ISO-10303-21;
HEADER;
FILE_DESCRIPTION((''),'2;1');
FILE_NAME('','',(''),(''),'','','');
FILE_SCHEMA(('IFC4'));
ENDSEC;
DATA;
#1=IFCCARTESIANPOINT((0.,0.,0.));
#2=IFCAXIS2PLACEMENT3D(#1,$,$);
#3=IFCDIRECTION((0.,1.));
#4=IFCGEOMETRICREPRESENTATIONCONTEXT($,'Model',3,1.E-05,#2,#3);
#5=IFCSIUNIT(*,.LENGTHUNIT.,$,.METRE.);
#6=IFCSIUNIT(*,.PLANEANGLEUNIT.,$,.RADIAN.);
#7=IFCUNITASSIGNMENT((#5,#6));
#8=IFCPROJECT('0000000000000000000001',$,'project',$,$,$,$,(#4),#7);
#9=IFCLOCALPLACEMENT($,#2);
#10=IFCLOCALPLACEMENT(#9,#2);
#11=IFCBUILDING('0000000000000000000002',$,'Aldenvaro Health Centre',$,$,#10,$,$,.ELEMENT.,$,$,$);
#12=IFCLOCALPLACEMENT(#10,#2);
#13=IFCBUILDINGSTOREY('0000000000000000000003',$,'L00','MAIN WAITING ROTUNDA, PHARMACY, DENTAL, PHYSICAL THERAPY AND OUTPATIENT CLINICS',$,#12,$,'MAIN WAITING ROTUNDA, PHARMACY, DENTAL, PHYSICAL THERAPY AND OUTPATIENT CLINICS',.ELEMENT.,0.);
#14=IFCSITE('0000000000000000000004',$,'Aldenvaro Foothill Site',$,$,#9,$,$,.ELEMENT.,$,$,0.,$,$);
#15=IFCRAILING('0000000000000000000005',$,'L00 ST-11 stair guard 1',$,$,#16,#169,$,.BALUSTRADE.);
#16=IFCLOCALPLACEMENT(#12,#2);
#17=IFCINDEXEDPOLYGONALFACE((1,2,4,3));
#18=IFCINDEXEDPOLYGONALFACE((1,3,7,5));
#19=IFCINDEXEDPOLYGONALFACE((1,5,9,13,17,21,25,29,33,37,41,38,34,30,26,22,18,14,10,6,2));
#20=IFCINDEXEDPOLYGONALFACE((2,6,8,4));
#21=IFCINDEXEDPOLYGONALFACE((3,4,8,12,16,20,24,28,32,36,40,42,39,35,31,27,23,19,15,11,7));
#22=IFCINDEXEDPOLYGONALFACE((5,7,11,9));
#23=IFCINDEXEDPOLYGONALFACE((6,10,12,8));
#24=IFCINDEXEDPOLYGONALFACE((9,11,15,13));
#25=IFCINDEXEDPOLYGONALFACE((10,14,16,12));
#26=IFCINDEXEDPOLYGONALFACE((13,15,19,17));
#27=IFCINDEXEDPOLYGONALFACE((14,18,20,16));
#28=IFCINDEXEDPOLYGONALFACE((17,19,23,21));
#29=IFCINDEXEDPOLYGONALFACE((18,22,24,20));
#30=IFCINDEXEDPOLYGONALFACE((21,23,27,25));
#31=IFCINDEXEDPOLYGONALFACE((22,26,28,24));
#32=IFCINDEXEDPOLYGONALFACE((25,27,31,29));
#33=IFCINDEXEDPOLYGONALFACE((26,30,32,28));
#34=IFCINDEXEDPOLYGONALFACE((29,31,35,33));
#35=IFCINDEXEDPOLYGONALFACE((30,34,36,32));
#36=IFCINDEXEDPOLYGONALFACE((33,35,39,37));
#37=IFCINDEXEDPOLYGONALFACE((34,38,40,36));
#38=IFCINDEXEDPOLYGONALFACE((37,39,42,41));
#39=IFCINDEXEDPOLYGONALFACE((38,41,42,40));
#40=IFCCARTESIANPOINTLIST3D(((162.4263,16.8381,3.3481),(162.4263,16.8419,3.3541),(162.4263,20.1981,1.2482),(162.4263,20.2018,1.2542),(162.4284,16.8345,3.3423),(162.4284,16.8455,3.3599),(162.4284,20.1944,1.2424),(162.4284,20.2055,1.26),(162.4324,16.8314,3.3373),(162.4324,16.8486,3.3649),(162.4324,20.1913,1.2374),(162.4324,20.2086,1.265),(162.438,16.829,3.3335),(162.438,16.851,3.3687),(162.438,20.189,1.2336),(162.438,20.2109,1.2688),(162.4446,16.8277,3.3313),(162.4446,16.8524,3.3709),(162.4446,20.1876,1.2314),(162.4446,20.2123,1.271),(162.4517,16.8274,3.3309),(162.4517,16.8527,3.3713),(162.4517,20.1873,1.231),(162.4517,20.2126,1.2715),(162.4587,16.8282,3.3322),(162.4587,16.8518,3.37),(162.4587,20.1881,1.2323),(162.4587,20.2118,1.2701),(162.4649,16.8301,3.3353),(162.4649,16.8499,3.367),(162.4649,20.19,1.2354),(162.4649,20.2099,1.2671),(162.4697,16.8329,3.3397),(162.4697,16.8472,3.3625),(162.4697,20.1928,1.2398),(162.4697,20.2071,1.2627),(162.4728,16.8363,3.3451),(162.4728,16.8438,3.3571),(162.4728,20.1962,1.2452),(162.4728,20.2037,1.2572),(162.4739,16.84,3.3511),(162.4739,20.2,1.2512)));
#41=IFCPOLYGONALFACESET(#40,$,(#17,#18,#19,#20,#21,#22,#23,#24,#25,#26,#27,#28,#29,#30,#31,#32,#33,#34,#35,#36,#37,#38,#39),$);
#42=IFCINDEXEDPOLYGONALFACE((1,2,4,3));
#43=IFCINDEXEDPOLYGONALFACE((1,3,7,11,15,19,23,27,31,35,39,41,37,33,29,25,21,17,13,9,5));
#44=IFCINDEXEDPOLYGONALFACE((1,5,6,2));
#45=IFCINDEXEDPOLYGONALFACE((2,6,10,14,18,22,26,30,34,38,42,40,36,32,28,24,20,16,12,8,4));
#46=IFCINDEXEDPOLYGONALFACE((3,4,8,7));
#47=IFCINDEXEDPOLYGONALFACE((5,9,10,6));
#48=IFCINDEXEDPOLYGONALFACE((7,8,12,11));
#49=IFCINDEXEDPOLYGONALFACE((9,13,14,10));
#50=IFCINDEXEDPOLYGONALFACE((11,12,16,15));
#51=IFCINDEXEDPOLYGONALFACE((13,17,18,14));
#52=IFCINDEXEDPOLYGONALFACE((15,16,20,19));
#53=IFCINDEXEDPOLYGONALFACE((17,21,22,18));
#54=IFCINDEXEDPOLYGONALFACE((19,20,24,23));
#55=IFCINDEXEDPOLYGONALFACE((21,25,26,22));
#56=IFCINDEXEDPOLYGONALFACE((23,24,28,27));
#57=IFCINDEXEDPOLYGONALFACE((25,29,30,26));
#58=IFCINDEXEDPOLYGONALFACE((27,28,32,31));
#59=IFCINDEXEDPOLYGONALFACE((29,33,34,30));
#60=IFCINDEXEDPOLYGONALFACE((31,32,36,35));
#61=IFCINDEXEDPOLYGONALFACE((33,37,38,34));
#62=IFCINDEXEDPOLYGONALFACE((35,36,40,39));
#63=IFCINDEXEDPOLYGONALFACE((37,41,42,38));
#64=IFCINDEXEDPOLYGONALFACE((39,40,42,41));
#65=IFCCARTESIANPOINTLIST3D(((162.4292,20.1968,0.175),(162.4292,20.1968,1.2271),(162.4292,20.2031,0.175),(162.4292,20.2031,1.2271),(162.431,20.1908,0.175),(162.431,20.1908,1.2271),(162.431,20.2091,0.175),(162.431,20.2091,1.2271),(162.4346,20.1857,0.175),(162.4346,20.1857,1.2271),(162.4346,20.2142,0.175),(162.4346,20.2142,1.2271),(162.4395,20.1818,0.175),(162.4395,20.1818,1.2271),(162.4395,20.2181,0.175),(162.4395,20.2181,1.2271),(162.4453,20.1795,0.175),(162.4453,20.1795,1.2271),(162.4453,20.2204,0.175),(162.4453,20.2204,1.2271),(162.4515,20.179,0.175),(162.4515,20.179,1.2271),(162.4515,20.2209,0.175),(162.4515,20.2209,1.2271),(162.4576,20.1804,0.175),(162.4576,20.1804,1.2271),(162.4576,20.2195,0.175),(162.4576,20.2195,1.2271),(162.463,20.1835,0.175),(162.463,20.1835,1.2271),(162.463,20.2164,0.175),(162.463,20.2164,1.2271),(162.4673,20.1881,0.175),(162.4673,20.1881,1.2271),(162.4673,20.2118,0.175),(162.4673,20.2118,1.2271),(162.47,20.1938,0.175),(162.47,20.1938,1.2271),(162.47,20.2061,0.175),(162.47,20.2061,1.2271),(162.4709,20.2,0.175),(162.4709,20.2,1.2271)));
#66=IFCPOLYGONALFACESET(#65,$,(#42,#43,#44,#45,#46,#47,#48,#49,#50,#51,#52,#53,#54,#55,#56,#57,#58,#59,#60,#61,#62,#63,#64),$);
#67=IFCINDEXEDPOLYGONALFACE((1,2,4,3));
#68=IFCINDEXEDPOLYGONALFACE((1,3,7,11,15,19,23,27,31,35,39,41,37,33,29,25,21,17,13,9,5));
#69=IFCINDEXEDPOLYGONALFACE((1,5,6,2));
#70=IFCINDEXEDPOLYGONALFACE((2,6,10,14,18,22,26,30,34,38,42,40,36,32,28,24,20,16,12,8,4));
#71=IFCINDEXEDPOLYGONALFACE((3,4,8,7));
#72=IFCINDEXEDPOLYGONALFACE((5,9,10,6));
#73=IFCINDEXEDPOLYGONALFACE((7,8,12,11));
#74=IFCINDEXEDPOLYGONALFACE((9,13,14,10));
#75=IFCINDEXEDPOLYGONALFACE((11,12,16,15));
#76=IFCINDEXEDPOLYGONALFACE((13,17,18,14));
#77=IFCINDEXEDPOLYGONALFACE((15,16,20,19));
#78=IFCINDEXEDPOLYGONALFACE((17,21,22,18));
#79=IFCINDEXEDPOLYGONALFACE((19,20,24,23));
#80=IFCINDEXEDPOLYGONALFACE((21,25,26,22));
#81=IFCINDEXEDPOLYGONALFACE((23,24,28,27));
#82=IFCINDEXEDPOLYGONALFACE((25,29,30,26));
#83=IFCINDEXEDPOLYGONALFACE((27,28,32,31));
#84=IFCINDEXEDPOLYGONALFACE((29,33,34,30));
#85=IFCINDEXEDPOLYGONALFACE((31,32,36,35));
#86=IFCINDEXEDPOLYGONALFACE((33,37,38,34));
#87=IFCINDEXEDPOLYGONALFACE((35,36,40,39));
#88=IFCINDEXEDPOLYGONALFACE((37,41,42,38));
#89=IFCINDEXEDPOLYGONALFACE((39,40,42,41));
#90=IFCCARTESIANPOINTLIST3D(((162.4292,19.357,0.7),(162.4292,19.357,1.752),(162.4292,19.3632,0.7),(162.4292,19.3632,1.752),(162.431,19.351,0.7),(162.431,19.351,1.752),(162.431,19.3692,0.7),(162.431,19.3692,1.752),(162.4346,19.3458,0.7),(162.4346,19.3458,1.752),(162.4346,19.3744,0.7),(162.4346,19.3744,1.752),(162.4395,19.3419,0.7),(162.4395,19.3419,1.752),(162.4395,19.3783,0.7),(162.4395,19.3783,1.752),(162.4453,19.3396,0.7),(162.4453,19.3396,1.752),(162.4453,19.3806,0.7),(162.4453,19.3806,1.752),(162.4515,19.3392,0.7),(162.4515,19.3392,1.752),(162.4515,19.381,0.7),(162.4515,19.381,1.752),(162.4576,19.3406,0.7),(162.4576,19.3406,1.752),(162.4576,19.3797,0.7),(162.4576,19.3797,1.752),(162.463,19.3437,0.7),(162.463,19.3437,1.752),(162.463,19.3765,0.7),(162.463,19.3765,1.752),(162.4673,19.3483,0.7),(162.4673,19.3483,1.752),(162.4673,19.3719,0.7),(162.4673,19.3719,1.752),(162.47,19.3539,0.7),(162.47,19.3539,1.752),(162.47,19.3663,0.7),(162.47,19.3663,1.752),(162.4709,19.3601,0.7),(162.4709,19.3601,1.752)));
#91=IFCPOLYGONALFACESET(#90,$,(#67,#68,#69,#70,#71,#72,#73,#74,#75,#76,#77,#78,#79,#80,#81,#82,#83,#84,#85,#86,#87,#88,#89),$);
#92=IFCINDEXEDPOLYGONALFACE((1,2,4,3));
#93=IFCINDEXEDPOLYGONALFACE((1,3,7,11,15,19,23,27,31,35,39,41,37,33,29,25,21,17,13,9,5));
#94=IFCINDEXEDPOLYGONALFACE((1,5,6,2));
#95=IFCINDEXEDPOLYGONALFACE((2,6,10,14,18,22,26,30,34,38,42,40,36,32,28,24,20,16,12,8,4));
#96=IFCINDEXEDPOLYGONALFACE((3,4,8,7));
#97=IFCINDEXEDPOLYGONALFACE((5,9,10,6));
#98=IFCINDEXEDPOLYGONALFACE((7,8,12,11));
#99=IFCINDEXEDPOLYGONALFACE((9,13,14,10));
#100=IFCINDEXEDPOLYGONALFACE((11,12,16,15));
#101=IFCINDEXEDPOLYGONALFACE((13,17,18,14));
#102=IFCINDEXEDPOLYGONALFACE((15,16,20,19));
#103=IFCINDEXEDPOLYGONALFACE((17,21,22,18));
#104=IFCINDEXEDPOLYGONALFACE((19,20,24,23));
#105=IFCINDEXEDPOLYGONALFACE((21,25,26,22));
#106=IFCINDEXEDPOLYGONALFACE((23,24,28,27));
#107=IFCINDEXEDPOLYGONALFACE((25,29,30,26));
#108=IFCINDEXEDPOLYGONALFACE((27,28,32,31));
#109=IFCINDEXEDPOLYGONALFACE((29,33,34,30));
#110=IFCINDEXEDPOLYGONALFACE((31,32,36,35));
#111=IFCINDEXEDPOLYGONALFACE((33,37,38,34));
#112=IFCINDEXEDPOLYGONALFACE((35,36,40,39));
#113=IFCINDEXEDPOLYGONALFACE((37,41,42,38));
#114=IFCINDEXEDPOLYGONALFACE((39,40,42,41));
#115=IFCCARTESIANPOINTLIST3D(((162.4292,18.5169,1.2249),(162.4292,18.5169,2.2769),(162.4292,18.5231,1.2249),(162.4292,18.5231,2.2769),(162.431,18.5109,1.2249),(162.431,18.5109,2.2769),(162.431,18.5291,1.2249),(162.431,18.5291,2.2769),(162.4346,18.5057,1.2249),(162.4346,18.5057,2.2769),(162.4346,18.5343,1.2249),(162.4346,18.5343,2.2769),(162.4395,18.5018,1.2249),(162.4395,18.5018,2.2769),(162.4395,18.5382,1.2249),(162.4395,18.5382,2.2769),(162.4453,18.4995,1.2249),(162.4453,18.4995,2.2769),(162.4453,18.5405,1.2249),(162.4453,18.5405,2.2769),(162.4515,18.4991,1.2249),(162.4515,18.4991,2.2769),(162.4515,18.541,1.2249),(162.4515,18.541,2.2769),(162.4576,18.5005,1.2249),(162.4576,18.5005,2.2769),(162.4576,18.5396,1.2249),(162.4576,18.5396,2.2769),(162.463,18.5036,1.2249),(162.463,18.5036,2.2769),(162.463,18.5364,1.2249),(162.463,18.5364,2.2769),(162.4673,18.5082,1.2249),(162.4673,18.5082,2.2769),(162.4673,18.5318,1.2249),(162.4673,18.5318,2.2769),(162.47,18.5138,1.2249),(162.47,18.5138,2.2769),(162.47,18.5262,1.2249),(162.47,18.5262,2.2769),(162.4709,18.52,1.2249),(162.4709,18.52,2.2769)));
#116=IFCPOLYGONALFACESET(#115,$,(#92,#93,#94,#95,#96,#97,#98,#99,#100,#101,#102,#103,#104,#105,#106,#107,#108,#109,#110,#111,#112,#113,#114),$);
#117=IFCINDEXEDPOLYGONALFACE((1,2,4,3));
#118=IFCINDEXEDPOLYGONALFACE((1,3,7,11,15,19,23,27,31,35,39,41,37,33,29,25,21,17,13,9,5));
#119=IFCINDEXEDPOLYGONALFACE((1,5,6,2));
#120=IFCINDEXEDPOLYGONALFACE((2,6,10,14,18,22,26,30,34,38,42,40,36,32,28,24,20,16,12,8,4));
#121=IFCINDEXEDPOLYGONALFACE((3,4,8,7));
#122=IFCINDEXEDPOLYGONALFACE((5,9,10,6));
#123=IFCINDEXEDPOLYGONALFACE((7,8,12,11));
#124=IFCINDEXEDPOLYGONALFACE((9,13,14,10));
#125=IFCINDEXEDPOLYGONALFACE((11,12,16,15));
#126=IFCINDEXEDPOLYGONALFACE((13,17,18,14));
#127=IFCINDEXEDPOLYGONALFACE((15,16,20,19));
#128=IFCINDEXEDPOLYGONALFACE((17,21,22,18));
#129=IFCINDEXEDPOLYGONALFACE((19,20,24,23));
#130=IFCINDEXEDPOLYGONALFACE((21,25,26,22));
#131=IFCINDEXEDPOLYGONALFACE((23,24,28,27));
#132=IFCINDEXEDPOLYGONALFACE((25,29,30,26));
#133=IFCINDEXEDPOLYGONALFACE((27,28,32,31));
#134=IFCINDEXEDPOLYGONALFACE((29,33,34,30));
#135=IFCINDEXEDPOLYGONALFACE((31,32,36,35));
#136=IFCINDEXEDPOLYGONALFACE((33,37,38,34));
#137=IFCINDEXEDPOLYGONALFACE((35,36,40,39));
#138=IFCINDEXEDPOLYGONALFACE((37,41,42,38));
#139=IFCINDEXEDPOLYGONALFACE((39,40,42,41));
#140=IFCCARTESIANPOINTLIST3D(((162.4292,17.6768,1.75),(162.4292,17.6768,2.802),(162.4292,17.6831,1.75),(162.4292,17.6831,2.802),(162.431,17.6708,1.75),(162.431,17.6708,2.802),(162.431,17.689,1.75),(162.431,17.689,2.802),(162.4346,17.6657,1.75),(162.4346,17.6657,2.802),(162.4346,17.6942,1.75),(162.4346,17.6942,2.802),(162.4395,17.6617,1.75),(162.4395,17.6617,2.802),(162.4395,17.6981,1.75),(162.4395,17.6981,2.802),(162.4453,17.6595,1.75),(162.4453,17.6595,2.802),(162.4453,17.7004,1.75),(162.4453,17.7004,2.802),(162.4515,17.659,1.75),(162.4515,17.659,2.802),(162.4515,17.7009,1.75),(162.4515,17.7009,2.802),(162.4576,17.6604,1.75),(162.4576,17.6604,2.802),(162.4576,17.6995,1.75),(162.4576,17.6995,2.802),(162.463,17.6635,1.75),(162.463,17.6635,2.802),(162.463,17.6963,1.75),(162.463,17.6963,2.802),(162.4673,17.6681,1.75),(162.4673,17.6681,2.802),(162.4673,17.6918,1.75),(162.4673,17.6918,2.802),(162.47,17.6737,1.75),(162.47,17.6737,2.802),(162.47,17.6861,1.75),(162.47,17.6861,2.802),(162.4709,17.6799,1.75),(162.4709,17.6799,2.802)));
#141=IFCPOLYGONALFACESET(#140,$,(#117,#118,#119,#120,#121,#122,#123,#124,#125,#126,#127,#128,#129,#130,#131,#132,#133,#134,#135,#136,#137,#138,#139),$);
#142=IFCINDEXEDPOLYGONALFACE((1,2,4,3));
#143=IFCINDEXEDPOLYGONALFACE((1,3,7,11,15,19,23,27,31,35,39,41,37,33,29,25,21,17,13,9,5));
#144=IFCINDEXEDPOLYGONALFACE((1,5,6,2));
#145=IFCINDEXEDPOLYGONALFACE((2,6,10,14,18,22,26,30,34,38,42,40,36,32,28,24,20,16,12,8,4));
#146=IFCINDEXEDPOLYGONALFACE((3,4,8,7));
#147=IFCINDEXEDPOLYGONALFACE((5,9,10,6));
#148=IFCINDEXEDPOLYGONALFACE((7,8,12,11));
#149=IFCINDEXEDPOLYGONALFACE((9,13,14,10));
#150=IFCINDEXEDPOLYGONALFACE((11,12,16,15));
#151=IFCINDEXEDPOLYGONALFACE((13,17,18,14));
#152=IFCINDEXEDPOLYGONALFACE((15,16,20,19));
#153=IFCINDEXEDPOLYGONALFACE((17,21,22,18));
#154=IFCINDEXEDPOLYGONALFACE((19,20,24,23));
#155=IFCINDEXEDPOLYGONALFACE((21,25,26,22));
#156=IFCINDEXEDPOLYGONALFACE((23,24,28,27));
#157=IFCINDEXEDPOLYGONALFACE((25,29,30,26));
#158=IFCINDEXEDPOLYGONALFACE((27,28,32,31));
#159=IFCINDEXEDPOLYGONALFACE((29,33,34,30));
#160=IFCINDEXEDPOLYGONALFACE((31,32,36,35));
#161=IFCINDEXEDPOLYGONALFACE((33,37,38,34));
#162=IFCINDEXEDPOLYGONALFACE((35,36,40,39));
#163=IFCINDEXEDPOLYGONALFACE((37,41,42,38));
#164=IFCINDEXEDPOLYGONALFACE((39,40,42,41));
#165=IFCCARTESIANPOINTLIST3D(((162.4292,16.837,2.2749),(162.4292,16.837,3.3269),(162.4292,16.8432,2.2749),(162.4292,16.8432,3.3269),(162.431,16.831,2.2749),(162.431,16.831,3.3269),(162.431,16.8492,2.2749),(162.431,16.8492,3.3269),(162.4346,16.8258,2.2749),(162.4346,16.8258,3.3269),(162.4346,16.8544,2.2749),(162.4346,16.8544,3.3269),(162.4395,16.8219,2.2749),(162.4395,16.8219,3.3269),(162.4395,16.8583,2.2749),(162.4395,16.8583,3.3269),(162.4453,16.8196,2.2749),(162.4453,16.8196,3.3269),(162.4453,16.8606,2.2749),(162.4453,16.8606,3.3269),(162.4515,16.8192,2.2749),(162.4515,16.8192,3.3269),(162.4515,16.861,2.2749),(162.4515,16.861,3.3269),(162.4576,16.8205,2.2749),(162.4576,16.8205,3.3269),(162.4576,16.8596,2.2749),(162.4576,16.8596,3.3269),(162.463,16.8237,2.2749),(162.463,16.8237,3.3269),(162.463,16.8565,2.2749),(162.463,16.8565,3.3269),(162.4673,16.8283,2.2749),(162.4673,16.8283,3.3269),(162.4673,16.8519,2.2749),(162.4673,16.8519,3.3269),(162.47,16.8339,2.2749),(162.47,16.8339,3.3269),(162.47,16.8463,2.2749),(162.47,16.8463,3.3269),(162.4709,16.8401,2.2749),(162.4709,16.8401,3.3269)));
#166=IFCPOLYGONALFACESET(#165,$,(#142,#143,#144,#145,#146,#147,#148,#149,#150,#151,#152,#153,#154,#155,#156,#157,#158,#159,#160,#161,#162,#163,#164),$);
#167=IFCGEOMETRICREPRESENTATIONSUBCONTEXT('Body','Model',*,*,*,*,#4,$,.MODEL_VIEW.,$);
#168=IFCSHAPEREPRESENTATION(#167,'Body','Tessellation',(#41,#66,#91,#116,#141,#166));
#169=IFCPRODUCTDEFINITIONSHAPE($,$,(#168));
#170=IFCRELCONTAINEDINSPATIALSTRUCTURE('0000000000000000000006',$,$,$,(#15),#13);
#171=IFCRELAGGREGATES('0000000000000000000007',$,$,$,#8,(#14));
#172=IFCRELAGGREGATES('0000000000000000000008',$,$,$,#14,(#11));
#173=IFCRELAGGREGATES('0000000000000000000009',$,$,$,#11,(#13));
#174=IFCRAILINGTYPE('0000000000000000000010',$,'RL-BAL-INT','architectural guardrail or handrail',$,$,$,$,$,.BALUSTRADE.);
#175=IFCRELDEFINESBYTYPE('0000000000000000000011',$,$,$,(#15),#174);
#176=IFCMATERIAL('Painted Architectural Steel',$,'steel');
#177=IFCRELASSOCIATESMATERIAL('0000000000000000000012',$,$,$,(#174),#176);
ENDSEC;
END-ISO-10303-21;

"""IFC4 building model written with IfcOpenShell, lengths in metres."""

from ifc_helpers import new_model, si_unit, direction, frame, origin, origin_2d, place, context, subcontext, project, spatial, circle, extrude, material, type_object, element, save


model = new_model("IFC4")

# Units and contexts
model_context = context("Model", 3, precision=1e-05, world=origin(), true_north=direction((0.0, 1.0)))
body_context = subcontext(model_context, "Body", "Model", "MODEL_VIEW")
ifc_project = project(units=[si_unit("LENGTHUNIT", "METRE"), si_unit("PLANEANGLEUNIT", "RADIAN")], contexts=[model_context])

# Site, building, storey
site_placement = place(None, origin())
site = spatial("IfcSite", under=ifc_project, at=site_placement, Name="Aldenvaro Foothill Site", CompositionType="ELEMENT", RefElevation=0.0)
building_placement = place(site_placement, origin())
building = spatial("IfcBuilding", under=site, at=building_placement, Name="Aldenvaro Health Centre", CompositionType="ELEMENT")
storey_placement = place(building_placement, origin())
storey = spatial("IfcBuildingStorey", under=building, at=storey_placement, Name="L00", Description="MAIN WAITING ROTUNDA, PHARMACY, DENTAL, PHYSICAL THERAPY AND OUTPATIENT CLINICS", LongName="MAIN WAITING ROTUNDA, PHARMACY, DENTAL, PHYSICAL THERAPY AND OUTPATIENT CLINICS", CompositionType="ELEMENT", Elevation=0.0)

# Railing
ifc_material_1 = material(Name="Painted Architectural Steel", Category="steel")
railing_type_1 = type_object("IfcRailingType", Name="RL-BAL-INT", Description="architectural guardrail or handrail", PredefinedType="BALUSTRADE", material=ifc_material_1)
railing_1_placement = place(storey_placement, frame((162.45, 20.2, 0.175)))
element("IfcRailing", 1, at=railing_1_placement, inside=storey, type_object=railing_type_1, Name="L00 ST-11 stair guard 1", PredefinedType="BALUSTRADE", context=body_context, shape_type="SweptSolid", body=[
    extrude(circle(Radius=0.0239, at=origin_2d()), frame((0.0, 0.0, 1.0762), z_axis=(0.0, -0.848005, 0.529988), x_axis=(1.0, 0.0, 0.0)), (0.0, 0.0, 1.0), 3.9622),
    extrude(circle(Radius=0.021, at=origin_2d()), origin(), (0.0, 0.0, 1.0), 1.052),
    extrude(circle(Radius=0.021, at=origin_2d()), frame((0.0, -0.8398, 0.5249)), (0.0, 0.0, 1.0), 1.052),
    extrude(circle(Radius=0.021, at=origin_2d()), frame((0.0, -1.6799, 1.0498)), (0.0, 0.0, 1.0), 1.052),
    extrude(circle(Radius=0.021, at=origin_2d()), frame((0.0, -2.52, 1.575)), (0.0, 0.0, 1.0), 1.052),
    extrude(circle(Radius=0.021, at=origin_2d()), frame((0.0, -3.3599, 2.0999)), (0.0, 0.0, 1.0), 1.052),
])

save(model, "model.ifc")
